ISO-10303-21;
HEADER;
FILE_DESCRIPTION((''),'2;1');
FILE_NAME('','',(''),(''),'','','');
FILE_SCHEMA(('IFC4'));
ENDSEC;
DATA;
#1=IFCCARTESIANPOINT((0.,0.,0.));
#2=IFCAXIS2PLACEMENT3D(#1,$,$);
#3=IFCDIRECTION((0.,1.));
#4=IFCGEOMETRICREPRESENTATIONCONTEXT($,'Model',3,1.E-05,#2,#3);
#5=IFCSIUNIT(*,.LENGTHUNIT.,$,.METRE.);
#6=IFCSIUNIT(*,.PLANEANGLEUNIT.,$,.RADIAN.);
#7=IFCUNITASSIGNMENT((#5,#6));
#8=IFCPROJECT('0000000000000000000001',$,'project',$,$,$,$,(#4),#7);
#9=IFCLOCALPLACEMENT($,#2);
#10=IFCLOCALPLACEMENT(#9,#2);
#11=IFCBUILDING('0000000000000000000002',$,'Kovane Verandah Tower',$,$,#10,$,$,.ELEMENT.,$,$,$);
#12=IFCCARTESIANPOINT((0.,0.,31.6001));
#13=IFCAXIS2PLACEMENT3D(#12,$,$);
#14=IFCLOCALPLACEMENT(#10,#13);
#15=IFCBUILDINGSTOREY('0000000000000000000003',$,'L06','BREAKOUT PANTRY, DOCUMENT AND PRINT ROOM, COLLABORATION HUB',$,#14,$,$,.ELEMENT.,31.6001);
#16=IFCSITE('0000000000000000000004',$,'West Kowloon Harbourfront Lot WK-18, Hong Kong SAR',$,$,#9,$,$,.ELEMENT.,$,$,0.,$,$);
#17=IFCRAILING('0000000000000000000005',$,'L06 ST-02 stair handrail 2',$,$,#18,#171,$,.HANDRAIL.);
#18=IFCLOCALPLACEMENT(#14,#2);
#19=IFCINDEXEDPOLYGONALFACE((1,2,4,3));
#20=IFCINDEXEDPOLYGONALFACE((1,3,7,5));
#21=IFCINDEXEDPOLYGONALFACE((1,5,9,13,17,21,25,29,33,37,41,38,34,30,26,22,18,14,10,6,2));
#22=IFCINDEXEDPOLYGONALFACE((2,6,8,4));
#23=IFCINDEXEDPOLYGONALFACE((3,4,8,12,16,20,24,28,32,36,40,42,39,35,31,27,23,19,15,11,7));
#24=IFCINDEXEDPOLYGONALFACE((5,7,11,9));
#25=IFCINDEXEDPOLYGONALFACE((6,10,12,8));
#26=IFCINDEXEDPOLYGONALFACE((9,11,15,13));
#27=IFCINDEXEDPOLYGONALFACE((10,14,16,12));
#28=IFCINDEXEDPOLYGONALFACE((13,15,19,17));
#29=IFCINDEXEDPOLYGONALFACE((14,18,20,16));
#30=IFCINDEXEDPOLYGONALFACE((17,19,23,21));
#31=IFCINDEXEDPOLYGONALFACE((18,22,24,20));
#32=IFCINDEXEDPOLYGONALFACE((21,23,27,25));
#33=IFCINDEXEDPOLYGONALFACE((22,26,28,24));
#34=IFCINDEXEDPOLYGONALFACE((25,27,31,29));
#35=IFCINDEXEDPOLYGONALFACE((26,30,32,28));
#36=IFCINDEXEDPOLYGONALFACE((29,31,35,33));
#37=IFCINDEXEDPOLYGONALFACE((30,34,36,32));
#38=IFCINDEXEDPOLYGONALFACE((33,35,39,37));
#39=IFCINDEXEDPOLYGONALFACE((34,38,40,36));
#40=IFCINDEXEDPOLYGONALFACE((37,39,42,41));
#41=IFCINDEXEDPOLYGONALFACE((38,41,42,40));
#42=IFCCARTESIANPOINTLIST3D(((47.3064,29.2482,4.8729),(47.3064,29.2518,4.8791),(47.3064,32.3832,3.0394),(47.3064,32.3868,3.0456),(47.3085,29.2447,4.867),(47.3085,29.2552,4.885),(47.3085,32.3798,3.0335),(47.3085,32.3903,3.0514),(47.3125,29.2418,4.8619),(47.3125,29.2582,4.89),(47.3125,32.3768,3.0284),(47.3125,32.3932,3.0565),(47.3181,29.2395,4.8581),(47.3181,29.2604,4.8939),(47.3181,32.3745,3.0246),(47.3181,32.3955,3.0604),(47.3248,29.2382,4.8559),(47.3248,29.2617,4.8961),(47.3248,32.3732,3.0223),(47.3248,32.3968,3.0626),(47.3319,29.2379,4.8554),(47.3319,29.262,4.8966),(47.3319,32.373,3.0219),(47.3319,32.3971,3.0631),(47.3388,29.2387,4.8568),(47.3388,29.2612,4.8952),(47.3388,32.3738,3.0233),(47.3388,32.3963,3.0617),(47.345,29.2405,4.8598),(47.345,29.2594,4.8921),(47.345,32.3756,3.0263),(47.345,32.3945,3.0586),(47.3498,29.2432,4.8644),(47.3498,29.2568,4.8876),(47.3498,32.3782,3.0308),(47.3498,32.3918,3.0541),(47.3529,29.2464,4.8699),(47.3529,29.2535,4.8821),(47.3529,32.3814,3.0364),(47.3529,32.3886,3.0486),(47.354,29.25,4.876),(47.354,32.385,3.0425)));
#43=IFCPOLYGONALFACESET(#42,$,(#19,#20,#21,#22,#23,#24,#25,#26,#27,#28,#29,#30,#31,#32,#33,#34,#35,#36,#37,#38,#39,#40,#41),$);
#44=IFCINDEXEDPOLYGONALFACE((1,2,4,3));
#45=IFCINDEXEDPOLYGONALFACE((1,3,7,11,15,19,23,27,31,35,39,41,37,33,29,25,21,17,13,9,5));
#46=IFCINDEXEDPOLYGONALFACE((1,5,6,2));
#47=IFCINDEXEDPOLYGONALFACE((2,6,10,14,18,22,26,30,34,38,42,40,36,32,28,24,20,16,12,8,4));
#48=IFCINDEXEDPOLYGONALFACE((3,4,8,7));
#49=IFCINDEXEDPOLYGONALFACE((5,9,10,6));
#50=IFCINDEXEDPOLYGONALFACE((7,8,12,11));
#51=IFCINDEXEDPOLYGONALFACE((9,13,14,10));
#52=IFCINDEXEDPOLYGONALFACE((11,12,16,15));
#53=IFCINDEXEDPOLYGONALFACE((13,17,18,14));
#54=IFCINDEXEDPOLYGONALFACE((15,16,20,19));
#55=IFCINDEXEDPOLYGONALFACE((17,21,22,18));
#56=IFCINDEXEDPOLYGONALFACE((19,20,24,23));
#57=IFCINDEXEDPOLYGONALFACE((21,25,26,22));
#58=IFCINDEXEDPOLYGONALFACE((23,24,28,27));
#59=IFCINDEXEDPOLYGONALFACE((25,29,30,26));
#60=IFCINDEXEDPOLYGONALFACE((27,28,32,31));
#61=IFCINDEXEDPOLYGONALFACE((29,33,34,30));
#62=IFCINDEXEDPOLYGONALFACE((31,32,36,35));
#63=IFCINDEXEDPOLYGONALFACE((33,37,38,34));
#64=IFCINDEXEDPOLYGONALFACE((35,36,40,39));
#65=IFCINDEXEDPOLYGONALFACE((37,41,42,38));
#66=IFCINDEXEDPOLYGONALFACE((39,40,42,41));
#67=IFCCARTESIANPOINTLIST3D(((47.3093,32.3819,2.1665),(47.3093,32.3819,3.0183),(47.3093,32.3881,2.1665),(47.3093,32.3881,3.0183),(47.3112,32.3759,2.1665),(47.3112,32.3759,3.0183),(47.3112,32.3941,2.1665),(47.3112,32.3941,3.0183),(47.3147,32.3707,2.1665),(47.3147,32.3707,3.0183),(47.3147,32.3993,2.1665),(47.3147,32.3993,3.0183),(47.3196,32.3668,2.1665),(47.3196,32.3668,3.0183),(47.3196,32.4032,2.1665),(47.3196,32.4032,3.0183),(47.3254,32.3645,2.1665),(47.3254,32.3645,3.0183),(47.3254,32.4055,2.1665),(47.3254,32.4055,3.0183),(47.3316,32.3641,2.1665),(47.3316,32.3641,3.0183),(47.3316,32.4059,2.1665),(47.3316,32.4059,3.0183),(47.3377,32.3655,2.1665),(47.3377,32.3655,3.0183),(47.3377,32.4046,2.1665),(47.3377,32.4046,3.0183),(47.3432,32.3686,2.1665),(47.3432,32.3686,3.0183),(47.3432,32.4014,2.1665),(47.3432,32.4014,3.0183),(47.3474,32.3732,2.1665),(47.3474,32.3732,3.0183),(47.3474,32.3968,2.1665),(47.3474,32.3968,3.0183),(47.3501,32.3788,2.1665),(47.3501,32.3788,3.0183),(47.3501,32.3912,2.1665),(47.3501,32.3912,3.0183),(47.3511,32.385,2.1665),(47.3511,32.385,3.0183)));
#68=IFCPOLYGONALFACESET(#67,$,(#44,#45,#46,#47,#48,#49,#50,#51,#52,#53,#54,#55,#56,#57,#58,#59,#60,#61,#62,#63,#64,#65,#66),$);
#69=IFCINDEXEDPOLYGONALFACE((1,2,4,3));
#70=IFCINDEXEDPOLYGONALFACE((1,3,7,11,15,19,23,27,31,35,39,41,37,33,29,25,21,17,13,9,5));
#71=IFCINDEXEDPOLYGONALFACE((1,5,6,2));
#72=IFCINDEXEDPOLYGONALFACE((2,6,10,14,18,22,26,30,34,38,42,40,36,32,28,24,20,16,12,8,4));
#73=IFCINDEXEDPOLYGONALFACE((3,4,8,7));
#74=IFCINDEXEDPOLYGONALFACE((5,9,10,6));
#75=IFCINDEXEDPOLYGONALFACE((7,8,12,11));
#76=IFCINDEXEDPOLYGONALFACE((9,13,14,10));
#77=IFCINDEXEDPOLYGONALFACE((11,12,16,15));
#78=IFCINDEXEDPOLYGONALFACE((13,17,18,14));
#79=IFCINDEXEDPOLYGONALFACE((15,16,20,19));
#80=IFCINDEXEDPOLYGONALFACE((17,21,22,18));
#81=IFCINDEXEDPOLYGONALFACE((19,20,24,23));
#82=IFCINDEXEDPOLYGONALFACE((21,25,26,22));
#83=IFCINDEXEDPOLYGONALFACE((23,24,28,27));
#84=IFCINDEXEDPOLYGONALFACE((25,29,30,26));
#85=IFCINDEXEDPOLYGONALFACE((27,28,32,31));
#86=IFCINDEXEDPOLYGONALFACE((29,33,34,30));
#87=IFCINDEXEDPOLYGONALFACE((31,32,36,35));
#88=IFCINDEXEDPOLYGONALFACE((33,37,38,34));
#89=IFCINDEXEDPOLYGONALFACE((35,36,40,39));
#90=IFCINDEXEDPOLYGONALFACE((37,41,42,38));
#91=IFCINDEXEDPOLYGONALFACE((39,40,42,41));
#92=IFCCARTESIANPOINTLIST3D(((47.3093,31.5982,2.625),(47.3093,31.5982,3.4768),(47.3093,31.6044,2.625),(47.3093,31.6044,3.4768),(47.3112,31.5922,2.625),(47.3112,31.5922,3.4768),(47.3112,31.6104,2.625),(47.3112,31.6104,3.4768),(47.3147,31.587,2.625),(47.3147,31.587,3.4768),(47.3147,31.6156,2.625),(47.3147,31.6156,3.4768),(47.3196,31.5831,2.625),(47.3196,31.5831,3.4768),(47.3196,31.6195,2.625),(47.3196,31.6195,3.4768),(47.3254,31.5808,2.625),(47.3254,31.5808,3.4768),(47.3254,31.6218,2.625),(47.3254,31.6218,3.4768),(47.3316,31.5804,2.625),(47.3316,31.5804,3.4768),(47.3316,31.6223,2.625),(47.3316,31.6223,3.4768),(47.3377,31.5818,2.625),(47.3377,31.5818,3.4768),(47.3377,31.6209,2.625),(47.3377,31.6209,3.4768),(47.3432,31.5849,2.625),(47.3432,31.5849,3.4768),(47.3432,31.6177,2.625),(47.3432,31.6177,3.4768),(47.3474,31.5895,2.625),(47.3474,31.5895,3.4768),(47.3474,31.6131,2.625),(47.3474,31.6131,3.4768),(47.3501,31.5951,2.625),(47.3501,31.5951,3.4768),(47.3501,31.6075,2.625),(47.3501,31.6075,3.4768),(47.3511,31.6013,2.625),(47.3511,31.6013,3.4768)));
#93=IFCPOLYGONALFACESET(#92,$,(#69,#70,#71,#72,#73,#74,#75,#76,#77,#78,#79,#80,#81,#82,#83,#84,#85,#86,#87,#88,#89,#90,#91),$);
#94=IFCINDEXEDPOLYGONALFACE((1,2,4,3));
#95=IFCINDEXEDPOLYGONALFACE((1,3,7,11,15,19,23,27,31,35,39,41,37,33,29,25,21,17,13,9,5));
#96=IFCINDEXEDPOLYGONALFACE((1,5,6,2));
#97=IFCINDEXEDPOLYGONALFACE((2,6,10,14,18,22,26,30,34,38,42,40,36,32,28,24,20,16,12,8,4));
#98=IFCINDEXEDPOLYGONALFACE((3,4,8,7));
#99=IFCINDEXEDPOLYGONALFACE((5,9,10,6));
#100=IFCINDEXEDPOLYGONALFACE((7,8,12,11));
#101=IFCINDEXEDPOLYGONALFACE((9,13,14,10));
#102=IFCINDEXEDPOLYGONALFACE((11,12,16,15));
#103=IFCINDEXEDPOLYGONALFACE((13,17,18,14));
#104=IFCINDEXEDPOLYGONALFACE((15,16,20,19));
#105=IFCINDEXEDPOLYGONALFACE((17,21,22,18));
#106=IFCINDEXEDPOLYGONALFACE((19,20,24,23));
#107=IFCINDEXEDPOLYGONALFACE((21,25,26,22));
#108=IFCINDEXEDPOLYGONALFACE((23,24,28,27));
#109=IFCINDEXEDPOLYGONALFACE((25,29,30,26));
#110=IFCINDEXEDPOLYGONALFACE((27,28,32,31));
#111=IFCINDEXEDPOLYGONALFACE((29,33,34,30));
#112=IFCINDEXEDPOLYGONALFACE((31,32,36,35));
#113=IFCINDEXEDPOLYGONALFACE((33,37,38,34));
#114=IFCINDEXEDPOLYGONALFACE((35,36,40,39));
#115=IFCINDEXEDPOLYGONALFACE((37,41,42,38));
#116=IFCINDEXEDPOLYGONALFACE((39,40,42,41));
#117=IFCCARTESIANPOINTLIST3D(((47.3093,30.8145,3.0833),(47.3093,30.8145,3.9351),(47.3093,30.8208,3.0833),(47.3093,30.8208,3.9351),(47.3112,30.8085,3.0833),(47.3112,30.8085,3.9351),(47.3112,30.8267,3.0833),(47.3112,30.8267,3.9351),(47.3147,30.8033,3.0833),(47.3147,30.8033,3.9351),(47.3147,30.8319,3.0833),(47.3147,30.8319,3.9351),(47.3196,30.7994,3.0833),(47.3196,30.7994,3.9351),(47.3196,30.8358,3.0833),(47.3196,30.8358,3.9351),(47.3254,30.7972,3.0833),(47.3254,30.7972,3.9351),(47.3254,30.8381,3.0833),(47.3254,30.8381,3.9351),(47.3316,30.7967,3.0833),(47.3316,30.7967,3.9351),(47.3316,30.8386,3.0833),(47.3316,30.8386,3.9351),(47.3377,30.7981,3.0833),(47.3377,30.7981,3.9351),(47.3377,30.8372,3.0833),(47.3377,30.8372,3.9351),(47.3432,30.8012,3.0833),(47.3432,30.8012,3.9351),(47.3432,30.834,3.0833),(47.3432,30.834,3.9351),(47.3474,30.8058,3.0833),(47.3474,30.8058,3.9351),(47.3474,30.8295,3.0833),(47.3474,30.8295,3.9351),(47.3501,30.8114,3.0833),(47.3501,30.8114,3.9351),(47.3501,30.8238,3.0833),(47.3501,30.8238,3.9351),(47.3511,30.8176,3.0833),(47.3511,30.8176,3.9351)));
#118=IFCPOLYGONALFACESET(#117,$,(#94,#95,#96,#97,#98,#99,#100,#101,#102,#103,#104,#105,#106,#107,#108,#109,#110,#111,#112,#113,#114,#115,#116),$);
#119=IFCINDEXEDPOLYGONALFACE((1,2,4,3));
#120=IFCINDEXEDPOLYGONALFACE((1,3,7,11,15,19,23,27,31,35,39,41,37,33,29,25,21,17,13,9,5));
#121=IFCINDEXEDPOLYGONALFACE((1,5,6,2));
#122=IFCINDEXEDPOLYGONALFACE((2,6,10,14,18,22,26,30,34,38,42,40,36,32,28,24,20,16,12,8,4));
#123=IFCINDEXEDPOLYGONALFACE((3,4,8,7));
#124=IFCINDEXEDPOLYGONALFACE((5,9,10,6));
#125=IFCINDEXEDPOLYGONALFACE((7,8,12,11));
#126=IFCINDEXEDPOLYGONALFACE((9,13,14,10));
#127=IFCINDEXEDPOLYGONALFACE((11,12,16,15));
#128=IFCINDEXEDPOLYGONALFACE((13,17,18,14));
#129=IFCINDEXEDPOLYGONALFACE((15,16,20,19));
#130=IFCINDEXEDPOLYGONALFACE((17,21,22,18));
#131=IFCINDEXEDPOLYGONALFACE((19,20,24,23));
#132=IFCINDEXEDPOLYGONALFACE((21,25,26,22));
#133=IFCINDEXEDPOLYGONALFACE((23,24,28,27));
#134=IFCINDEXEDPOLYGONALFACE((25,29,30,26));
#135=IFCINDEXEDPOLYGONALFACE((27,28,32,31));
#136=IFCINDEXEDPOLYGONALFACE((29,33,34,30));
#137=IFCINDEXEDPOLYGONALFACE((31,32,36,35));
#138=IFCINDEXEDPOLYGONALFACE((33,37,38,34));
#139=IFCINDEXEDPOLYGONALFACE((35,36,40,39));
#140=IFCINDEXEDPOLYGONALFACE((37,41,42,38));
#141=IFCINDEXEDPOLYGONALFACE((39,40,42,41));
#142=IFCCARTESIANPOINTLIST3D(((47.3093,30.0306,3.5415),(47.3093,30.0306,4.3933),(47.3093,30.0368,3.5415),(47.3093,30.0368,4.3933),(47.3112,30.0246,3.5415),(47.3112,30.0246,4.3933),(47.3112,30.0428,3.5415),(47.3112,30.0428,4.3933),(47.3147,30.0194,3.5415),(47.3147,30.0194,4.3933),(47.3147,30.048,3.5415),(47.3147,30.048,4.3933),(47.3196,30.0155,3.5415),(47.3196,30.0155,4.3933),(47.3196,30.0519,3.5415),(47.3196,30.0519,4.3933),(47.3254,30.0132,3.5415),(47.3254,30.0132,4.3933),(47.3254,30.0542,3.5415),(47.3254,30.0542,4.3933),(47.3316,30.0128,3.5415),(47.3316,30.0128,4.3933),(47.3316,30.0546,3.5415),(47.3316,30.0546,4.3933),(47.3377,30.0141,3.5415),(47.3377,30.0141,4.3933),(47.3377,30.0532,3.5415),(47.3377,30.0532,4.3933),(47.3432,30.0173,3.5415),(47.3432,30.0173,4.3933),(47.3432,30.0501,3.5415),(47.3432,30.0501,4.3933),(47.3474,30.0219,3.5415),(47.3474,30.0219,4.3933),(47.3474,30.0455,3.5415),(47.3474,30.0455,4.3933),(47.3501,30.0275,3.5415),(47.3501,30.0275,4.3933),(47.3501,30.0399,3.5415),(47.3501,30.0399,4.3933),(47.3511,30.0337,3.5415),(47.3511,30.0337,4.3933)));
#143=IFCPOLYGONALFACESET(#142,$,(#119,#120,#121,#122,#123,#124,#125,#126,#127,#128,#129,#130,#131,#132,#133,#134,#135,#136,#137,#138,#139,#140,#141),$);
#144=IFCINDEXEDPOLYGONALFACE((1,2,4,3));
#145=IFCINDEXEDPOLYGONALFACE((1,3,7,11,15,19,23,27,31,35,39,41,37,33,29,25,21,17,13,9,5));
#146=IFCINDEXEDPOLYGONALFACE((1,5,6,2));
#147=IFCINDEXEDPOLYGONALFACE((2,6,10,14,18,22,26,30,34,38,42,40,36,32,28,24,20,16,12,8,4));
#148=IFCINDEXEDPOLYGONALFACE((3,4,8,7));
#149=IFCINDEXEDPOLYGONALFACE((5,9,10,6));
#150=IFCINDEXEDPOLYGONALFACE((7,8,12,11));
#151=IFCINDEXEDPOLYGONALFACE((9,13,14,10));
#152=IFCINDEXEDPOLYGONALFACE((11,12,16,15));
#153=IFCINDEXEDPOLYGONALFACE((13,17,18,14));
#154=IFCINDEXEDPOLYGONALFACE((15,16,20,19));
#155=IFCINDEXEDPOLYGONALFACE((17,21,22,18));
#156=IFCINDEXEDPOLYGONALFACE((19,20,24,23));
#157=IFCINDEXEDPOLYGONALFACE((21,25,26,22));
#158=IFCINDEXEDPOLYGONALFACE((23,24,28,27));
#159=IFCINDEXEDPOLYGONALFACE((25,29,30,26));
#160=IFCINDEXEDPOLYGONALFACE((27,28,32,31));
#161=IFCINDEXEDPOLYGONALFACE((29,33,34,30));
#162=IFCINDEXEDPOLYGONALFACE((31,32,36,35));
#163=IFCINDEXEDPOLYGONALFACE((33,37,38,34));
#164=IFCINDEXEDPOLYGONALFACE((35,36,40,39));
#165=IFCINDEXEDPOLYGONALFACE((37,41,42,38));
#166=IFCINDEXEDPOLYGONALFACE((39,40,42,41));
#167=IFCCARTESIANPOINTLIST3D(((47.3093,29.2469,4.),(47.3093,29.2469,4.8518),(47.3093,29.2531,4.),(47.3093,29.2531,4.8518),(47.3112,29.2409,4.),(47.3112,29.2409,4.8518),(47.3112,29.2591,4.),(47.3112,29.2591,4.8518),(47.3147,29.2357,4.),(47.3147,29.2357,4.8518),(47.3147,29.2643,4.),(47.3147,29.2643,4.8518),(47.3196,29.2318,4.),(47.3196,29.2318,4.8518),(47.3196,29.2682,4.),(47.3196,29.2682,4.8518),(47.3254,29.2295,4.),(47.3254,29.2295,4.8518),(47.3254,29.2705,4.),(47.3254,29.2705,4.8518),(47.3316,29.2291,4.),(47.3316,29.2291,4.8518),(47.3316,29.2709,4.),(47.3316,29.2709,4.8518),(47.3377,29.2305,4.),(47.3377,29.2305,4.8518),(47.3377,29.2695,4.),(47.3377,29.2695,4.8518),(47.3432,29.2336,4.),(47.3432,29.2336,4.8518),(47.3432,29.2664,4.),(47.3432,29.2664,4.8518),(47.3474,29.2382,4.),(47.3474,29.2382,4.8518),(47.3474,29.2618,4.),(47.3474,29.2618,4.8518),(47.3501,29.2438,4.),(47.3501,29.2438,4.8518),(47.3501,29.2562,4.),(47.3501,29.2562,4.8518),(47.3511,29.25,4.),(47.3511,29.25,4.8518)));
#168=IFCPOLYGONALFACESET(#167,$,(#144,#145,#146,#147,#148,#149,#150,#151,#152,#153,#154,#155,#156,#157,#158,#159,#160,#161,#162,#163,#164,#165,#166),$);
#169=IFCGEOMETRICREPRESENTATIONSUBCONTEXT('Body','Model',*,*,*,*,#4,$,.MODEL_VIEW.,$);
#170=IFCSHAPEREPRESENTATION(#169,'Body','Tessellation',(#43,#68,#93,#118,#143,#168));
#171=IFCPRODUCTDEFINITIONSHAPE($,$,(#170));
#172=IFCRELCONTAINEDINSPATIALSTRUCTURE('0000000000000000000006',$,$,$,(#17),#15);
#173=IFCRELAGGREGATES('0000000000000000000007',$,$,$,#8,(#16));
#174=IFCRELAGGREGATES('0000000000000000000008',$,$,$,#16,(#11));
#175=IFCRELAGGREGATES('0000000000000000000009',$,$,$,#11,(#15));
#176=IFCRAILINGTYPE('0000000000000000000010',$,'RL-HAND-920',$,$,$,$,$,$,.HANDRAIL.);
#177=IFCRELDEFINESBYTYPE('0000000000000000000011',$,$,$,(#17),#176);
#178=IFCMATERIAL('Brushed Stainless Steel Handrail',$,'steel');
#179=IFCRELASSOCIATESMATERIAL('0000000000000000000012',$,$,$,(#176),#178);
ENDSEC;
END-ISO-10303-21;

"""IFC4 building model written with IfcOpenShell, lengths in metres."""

from ifc_helpers import new_model, si_unit, direction, frame, origin, origin_2d, place, context, subcontext, project, spatial, circle, extrude, material, type_object, element, save


model = new_model("IFC4")

# Units and contexts
model_context = context("Model", 3, precision=1e-05, world=origin(), true_north=direction((0.0, 1.0)))
body_context = subcontext(model_context, "Body", "Model", "MODEL_VIEW")
ifc_project = project(units=[si_unit("LENGTHUNIT", "METRE"), si_unit("PLANEANGLEUNIT", "RADIAN")], contexts=[model_context])

# Site, building, storey
site_placement = place(None, origin())
site = spatial("IfcSite", under=ifc_project, at=site_placement, Name="West Kowloon Harbourfront Lot WK-18, Hong Kong SAR", CompositionType="ELEMENT", RefElevation=0.0)
building_placement = place(site_placement, origin())
building = spatial("IfcBuilding", under=site, at=building_placement, Name="Kovane Verandah Tower", CompositionType="ELEMENT")
storey_placement = place(building_placement, frame((0.0, 0.0, 31.6001)))
storey = spatial("IfcBuildingStorey", under=building, at=storey_placement, Name="L06", Description="BREAKOUT PANTRY, DOCUMENT AND PRINT ROOM, COLLABORATION HUB", CompositionType="ELEMENT", Elevation=31.6001)

# Railing
ifc_material_1 = material(Name="Brushed Stainless Steel Handrail", Category="steel")
railing_type_1 = type_object("IfcRailingType", Name="RL-HAND-920", PredefinedType="HANDRAIL", material=ifc_material_1)
for number, where, name in (
    (1, (47.3301, 32.385, 2.1665), "L06 ST-02 stair handrail 2"),
):
    element("IfcRailing", number, at=place(storey_placement, frame(where)), inside=storey, type_object=railing_type_1, Name=name, PredefinedType="HANDRAIL", context=body_context, shape_type="SweptSolid", body=[
        extrude(circle(Radius=0.0239, at=origin_2d()), frame((0.0, 0.0, 0.876), z_axis=(0.0, -0.86321, 0.504845), x_axis=(1.0, 0.0, 0.0)), (0.0, 0.0, 1.0), 3.6318),
        extrude(circle(Radius=0.021, at=origin_2d()), origin(), (0.0, 0.0, 1.0), 0.8518),
        extrude(circle(Radius=0.021, at=origin_2d()), frame((0.0, -0.7837, 0.4585)), (0.0, 0.0, 1.0), 0.8518),
        extrude(circle(Radius=0.021, at=origin_2d()), frame((0.0, -1.5674, 0.9167)), (0.0, 0.0, 1.0), 0.8518),
        extrude(circle(Radius=0.021, at=origin_2d()), frame((0.0, -2.3513, 1.375)), (0.0, 0.0, 1.0), 0.8518),
        extrude(circle(Radius=0.021, at=origin_2d()), frame((0.0, -3.135, 1.8335)), (0.0, 0.0, 1.0), 0.8518),
    ])

save(model, "model.ifc")
